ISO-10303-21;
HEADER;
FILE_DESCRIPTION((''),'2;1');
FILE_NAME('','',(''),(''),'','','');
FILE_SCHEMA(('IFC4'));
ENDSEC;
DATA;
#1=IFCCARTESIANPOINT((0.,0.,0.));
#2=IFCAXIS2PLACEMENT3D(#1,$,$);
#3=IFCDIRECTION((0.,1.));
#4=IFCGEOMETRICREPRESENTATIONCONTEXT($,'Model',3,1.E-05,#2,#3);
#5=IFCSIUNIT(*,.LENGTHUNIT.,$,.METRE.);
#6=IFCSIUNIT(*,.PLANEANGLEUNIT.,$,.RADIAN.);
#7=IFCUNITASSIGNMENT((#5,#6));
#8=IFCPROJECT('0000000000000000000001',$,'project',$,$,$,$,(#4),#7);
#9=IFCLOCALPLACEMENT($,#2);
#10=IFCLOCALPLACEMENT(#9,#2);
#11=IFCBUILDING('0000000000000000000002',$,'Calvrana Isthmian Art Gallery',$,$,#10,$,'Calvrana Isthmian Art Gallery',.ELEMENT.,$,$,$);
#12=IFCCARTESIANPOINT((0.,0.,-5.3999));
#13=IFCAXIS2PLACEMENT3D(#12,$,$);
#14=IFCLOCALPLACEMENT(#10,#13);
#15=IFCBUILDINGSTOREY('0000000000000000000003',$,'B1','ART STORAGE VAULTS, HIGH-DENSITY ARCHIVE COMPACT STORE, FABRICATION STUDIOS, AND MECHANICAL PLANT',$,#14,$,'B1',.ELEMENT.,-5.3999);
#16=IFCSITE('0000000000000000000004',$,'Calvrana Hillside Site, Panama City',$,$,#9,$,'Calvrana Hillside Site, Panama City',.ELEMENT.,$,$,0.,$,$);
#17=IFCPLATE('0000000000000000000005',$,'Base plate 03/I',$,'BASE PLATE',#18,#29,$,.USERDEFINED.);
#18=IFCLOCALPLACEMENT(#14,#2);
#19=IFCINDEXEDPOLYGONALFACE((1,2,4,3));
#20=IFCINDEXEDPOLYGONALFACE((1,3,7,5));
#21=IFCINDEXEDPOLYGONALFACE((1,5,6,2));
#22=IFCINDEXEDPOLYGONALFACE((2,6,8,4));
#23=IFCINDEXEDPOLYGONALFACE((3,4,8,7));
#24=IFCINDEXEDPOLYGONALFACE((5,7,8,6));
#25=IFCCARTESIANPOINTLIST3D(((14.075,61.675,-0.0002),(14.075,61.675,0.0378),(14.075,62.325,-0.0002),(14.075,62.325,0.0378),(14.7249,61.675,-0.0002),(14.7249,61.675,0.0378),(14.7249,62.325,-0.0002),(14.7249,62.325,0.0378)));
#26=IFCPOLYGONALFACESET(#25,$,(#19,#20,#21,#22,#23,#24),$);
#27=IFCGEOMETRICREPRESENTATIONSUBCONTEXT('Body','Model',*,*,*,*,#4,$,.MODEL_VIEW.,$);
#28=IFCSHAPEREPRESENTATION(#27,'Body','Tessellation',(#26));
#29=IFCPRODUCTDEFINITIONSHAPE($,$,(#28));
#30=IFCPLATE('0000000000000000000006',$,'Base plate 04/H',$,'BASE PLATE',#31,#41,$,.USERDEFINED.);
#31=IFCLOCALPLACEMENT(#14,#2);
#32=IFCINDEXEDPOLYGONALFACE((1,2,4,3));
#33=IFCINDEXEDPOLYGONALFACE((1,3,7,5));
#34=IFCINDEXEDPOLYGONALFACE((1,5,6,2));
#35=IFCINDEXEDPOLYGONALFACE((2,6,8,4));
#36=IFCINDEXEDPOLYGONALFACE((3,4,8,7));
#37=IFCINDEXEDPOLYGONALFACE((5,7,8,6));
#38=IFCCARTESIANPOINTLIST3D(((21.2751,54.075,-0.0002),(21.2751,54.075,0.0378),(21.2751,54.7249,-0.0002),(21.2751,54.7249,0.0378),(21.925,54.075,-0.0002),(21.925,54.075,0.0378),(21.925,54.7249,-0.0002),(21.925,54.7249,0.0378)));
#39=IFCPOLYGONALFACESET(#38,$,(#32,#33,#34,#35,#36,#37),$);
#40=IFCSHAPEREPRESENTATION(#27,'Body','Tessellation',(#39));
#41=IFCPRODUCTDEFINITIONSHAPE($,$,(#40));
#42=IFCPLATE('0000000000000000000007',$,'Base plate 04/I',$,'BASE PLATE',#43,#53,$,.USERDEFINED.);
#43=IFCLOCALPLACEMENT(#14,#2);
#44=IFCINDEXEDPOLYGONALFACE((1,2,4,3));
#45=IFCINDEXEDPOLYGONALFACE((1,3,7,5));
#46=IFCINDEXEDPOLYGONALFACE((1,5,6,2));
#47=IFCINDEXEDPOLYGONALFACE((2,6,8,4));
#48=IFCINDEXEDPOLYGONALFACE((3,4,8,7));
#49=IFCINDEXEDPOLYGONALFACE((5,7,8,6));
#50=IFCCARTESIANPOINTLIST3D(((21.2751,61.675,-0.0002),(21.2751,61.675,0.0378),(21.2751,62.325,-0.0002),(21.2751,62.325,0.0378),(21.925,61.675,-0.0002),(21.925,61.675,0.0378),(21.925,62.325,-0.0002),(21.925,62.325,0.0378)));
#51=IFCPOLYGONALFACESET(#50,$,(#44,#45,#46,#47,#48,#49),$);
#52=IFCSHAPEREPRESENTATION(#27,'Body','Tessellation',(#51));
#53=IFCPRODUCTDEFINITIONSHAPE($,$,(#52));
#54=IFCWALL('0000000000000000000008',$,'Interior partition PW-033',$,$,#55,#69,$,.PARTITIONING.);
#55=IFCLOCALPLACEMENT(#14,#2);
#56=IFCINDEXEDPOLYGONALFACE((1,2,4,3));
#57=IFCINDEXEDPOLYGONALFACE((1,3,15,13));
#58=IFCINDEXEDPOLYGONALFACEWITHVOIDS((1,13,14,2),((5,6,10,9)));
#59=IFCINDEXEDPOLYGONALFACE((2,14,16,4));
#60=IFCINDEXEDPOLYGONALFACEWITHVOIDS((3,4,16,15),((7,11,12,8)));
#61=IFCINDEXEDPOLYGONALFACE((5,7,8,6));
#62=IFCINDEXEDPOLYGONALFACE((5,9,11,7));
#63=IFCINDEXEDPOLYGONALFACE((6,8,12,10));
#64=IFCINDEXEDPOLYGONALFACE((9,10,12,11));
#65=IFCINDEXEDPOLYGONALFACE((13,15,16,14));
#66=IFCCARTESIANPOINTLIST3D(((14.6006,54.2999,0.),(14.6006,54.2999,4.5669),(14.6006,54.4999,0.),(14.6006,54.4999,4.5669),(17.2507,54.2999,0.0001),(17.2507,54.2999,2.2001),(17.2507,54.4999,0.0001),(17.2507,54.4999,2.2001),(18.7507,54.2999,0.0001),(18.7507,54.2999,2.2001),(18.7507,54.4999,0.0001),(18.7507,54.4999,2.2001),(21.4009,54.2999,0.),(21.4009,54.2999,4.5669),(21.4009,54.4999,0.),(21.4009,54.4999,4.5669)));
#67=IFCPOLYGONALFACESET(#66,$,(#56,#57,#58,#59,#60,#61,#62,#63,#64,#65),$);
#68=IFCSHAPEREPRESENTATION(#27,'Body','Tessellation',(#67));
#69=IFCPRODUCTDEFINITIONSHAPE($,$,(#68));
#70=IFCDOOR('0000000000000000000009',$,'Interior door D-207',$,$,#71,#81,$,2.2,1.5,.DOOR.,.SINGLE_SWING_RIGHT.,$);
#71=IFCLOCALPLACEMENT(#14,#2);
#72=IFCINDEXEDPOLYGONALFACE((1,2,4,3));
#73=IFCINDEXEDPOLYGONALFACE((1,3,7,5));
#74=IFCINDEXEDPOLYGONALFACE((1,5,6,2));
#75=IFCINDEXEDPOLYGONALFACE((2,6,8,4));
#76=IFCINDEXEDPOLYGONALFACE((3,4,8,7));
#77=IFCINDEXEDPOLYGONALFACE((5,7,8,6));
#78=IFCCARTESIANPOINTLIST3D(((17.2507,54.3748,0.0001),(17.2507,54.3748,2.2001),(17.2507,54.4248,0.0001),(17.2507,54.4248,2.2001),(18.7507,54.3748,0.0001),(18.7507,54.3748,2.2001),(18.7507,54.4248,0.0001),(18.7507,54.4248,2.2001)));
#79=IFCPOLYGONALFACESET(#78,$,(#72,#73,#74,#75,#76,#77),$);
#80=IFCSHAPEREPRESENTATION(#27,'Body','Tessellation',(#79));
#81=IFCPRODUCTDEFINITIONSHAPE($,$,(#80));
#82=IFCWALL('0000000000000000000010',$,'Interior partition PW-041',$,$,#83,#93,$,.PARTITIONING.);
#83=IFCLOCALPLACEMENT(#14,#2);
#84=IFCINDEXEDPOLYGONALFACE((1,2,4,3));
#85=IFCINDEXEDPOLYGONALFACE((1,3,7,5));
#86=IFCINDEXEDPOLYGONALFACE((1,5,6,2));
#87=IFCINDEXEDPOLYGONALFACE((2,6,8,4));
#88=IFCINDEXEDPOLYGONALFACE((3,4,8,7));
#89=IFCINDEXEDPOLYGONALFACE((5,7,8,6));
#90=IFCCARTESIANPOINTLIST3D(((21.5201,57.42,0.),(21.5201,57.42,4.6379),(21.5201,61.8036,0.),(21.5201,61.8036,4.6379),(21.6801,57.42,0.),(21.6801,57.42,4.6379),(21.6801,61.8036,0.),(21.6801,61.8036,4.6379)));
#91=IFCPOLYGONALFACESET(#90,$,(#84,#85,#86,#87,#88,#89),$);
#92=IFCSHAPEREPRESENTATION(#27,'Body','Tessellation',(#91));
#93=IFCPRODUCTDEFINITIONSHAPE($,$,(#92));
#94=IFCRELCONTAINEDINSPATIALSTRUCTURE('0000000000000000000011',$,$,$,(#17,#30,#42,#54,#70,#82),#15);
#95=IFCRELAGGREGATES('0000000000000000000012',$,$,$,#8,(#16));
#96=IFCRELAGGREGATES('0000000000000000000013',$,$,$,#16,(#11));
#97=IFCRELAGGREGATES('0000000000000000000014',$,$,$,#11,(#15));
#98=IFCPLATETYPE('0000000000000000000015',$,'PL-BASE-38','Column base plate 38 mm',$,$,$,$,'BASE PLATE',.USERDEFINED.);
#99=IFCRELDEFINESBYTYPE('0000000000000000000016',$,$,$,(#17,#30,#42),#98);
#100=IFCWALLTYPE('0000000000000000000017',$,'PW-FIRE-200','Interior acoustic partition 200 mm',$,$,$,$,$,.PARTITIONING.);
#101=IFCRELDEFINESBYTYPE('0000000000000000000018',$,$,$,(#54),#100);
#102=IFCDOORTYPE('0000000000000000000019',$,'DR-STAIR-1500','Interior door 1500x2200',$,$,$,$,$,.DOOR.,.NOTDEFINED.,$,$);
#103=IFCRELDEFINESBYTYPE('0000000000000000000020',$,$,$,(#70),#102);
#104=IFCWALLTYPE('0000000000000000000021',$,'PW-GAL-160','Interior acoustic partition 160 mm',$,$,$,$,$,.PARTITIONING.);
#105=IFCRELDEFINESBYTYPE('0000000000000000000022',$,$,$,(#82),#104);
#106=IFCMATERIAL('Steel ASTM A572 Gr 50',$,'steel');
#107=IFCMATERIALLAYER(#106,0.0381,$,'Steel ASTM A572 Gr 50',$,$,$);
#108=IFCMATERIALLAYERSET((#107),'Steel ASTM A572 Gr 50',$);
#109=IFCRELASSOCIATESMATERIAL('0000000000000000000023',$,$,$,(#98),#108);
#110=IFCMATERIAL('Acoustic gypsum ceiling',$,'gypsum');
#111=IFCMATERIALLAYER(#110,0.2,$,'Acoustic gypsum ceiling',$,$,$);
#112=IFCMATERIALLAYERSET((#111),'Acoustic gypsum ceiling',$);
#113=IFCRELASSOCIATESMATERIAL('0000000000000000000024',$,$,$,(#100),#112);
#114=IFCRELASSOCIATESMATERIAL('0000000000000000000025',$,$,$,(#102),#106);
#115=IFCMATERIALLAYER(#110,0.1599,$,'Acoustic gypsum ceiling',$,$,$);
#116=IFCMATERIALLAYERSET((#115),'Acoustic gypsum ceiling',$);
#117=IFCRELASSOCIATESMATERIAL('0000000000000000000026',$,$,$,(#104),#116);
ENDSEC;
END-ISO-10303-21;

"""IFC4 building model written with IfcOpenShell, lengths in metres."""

from ifc_helpers import new_model, si_unit, direction, frame, frame_2d, origin, origin_2d, place, context, subcontext, project, spatial, rectangle, extrude, material, layer, layer_set, type_object, element, fill, save


model = new_model("IFC4")

# Units and contexts
model_context = context("Model", 3, precision=1e-05, world=origin(), true_north=direction((0.0, 1.0)))
body_context = subcontext(model_context, "Body", "Model", "MODEL_VIEW")
ifc_project = project(units=[si_unit("LENGTHUNIT", "METRE"), si_unit("PLANEANGLEUNIT", "RADIAN")], contexts=[model_context])

# Site, building, storey
site_placement = place(None, origin())
site = spatial("IfcSite", under=ifc_project, at=site_placement, Name="Calvrana Hillside Site, Panama City", LongName="Calvrana Hillside Site, Panama City", CompositionType="ELEMENT", RefElevation=0.0)
building_placement = place(site_placement, origin())
building = spatial("IfcBuilding", under=site, at=building_placement, Name="Calvrana Isthmian Art Gallery", LongName="Calvrana Isthmian Art Gallery", CompositionType="ELEMENT")
storey_placement = place(building_placement, frame((0.0, 0.0, -5.3999)))
storey = spatial("IfcBuildingStorey", under=building, at=storey_placement, Name="B1", Description="ART STORAGE VAULTS, HIGH-DENSITY ARCHIVE COMPACT STORE, FABRICATION STUDIOS, AND MECHANICAL PLANT", LongName="B1", CompositionType="ELEMENT", Elevation=-5.3999)

# Plates
ifc_material_1 = material(Name="Steel ASTM A572 Gr 50", Category="steel")
ifc_layer_1 = layer(ifc_material_1, 0.0381, Name="Steel ASTM A572 Gr 50")
ifc_layer_set_1 = layer_set([ifc_layer_1], Name="Steel ASTM A572 Gr 50")
plate_type = type_object("IfcPlateType", Name="PL-BASE-38", Description="Column base plate 38 mm", ElementType="BASE PLATE", PredefinedType="USERDEFINED", material=ifc_layer_set_1)
for number, where, z_axis, x_axis, name in (
    (1, (14.3999, 62.0, -0.0002), (0.0, 0.0, 1.0), (1.0, 0.0, 0.0), "Base plate 03/I"),
    (2, (21.6001, 54.3999, -0.0002), (0.0, 0.0, 1.0), (1.0, 0.0, 0.0), "Base plate 04/H"),
    (3, (21.6001, 62.0, -0.0002), (0.0, 0.0, 1.0), (1.0, 0.0, 0.0), "Base plate 04/I"),
):
    element("IfcPlate", number, at=place(storey_placement, frame(where, z_axis=z_axis, x_axis=x_axis)), inside=storey, type_object=plate_type, Name=name, ObjectType="BASE PLATE", PredefinedType="USERDEFINED", context=body_context, shape_type="SweptSolid", body=[
        extrude(rectangle(XDim=0.6499, YDim=0.6499, at=origin_2d()), origin(), (0.0, 0.0, 1.0), 0.0381),
    ])

# Wall, opening, door
ifc_material_2 = material(Name="Acoustic gypsum ceiling", Category="gypsum")
ifc_layer_2 = layer(ifc_material_2, 0.2, Name="Acoustic gypsum ceiling")
ifc_layer_set_2 = layer_set([ifc_layer_2], Name="Acoustic gypsum ceiling")
wall_type_1 = type_object("IfcWallType", Name="PW-FIRE-200", Description="Interior acoustic partition 200 mm", PredefinedType="PARTITIONING", material=ifc_layer_set_2)
wall_1_placement = place(storey_placement, frame((14.6006, 54.3999, 0.0), z_axis=(0.0, 0.0, 1.0), x_axis=(1.0, 0.0, 0.0)))
wall_1 = element("IfcWall", 4, at=wall_1_placement, inside=storey, type_object=wall_type_1, Name="Interior partition PW-033", PredefinedType="PARTITIONING", context=body_context, shape_type="SweptSolid", body=[
    extrude(rectangle(XDim=6.8003, YDim=0.2, at=frame_2d((3.4001, 0.0))), origin(), (0.0, 0.0, 1.0), 4.5669),
])
opening_1_placement = place(wall_1_placement, frame((2.6501, 0.0, 0.0)))
opening_1 = element("IfcOpeningElement", 5, at=opening_1_placement, cuts=wall_1, PredefinedType="OPENING", context=body_context, shape_type="SweptSolid", body=[
    extrude(rectangle(XDim=1.5, YDim=2.2, at=frame_2d((0.75, 1.1001))), frame((0.0, 0.1104, 0.0), z_axis=(0.0, -1.0, 0.0), x_axis=(1.0, 0.0, 0.0)), (0.0, 0.0, 1.0), 0.2205),
])
door_type_1 = type_object("IfcDoorType", Name="DR-STAIR-1500", Description="Interior door 1500x2200", OperationType="NOTDEFINED", PredefinedType="DOOR", material=ifc_material_1)
door_1_placement = place(opening_1_placement, origin())
door_1 = element("IfcDoor", 6, at=door_1_placement, inside=storey, type_object=door_type_1, Name="Interior door D-207", OperationType="SINGLE_SWING_RIGHT", OverallHeight=2.2, OverallWidth=1.5, PredefinedType="DOOR", context=body_context, shape_type="SweptSolid", body=[
    extrude(rectangle(XDim=1.5, YDim=2.2, at=frame_2d((0.75, 1.1001))), frame((0.0, 0.0249, 0.0), z_axis=(0.0, -1.0, 0.0), x_axis=(1.0, 0.0, 0.0)), (0.0, 0.0, 1.0), 0.05),
])
fill(opening_1, door_1)

# Wall
ifc_layer_3 = layer(ifc_material_2, 0.1599, Name="Acoustic gypsum ceiling")
ifc_layer_set_3 = layer_set([ifc_layer_3], Name="Acoustic gypsum ceiling")
wall_type_2 = type_object("IfcWallType", Name="PW-GAL-160", Description="Interior acoustic partition 160 mm", PredefinedType="PARTITIONING", material=ifc_layer_set_3)
wall_2_placement = place(storey_placement, frame((21.6001, 57.4199, 0.0), z_axis=(0.0, 0.0, 1.0), x_axis=(0.0, 1.0, 0.0)))
element("IfcWall", 7, at=wall_2_placement, inside=storey, type_object=wall_type_2, Name="Interior partition PW-041", PredefinedType="PARTITIONING", context=body_context, shape_type="SweptSolid", body=[
    extrude(rectangle(XDim=4.3835, YDim=0.1599, at=frame_2d((2.1919, 0.0))), origin(), (0.0, 0.0, 1.0), 4.6379),
])

save(model, "model.ifc")
